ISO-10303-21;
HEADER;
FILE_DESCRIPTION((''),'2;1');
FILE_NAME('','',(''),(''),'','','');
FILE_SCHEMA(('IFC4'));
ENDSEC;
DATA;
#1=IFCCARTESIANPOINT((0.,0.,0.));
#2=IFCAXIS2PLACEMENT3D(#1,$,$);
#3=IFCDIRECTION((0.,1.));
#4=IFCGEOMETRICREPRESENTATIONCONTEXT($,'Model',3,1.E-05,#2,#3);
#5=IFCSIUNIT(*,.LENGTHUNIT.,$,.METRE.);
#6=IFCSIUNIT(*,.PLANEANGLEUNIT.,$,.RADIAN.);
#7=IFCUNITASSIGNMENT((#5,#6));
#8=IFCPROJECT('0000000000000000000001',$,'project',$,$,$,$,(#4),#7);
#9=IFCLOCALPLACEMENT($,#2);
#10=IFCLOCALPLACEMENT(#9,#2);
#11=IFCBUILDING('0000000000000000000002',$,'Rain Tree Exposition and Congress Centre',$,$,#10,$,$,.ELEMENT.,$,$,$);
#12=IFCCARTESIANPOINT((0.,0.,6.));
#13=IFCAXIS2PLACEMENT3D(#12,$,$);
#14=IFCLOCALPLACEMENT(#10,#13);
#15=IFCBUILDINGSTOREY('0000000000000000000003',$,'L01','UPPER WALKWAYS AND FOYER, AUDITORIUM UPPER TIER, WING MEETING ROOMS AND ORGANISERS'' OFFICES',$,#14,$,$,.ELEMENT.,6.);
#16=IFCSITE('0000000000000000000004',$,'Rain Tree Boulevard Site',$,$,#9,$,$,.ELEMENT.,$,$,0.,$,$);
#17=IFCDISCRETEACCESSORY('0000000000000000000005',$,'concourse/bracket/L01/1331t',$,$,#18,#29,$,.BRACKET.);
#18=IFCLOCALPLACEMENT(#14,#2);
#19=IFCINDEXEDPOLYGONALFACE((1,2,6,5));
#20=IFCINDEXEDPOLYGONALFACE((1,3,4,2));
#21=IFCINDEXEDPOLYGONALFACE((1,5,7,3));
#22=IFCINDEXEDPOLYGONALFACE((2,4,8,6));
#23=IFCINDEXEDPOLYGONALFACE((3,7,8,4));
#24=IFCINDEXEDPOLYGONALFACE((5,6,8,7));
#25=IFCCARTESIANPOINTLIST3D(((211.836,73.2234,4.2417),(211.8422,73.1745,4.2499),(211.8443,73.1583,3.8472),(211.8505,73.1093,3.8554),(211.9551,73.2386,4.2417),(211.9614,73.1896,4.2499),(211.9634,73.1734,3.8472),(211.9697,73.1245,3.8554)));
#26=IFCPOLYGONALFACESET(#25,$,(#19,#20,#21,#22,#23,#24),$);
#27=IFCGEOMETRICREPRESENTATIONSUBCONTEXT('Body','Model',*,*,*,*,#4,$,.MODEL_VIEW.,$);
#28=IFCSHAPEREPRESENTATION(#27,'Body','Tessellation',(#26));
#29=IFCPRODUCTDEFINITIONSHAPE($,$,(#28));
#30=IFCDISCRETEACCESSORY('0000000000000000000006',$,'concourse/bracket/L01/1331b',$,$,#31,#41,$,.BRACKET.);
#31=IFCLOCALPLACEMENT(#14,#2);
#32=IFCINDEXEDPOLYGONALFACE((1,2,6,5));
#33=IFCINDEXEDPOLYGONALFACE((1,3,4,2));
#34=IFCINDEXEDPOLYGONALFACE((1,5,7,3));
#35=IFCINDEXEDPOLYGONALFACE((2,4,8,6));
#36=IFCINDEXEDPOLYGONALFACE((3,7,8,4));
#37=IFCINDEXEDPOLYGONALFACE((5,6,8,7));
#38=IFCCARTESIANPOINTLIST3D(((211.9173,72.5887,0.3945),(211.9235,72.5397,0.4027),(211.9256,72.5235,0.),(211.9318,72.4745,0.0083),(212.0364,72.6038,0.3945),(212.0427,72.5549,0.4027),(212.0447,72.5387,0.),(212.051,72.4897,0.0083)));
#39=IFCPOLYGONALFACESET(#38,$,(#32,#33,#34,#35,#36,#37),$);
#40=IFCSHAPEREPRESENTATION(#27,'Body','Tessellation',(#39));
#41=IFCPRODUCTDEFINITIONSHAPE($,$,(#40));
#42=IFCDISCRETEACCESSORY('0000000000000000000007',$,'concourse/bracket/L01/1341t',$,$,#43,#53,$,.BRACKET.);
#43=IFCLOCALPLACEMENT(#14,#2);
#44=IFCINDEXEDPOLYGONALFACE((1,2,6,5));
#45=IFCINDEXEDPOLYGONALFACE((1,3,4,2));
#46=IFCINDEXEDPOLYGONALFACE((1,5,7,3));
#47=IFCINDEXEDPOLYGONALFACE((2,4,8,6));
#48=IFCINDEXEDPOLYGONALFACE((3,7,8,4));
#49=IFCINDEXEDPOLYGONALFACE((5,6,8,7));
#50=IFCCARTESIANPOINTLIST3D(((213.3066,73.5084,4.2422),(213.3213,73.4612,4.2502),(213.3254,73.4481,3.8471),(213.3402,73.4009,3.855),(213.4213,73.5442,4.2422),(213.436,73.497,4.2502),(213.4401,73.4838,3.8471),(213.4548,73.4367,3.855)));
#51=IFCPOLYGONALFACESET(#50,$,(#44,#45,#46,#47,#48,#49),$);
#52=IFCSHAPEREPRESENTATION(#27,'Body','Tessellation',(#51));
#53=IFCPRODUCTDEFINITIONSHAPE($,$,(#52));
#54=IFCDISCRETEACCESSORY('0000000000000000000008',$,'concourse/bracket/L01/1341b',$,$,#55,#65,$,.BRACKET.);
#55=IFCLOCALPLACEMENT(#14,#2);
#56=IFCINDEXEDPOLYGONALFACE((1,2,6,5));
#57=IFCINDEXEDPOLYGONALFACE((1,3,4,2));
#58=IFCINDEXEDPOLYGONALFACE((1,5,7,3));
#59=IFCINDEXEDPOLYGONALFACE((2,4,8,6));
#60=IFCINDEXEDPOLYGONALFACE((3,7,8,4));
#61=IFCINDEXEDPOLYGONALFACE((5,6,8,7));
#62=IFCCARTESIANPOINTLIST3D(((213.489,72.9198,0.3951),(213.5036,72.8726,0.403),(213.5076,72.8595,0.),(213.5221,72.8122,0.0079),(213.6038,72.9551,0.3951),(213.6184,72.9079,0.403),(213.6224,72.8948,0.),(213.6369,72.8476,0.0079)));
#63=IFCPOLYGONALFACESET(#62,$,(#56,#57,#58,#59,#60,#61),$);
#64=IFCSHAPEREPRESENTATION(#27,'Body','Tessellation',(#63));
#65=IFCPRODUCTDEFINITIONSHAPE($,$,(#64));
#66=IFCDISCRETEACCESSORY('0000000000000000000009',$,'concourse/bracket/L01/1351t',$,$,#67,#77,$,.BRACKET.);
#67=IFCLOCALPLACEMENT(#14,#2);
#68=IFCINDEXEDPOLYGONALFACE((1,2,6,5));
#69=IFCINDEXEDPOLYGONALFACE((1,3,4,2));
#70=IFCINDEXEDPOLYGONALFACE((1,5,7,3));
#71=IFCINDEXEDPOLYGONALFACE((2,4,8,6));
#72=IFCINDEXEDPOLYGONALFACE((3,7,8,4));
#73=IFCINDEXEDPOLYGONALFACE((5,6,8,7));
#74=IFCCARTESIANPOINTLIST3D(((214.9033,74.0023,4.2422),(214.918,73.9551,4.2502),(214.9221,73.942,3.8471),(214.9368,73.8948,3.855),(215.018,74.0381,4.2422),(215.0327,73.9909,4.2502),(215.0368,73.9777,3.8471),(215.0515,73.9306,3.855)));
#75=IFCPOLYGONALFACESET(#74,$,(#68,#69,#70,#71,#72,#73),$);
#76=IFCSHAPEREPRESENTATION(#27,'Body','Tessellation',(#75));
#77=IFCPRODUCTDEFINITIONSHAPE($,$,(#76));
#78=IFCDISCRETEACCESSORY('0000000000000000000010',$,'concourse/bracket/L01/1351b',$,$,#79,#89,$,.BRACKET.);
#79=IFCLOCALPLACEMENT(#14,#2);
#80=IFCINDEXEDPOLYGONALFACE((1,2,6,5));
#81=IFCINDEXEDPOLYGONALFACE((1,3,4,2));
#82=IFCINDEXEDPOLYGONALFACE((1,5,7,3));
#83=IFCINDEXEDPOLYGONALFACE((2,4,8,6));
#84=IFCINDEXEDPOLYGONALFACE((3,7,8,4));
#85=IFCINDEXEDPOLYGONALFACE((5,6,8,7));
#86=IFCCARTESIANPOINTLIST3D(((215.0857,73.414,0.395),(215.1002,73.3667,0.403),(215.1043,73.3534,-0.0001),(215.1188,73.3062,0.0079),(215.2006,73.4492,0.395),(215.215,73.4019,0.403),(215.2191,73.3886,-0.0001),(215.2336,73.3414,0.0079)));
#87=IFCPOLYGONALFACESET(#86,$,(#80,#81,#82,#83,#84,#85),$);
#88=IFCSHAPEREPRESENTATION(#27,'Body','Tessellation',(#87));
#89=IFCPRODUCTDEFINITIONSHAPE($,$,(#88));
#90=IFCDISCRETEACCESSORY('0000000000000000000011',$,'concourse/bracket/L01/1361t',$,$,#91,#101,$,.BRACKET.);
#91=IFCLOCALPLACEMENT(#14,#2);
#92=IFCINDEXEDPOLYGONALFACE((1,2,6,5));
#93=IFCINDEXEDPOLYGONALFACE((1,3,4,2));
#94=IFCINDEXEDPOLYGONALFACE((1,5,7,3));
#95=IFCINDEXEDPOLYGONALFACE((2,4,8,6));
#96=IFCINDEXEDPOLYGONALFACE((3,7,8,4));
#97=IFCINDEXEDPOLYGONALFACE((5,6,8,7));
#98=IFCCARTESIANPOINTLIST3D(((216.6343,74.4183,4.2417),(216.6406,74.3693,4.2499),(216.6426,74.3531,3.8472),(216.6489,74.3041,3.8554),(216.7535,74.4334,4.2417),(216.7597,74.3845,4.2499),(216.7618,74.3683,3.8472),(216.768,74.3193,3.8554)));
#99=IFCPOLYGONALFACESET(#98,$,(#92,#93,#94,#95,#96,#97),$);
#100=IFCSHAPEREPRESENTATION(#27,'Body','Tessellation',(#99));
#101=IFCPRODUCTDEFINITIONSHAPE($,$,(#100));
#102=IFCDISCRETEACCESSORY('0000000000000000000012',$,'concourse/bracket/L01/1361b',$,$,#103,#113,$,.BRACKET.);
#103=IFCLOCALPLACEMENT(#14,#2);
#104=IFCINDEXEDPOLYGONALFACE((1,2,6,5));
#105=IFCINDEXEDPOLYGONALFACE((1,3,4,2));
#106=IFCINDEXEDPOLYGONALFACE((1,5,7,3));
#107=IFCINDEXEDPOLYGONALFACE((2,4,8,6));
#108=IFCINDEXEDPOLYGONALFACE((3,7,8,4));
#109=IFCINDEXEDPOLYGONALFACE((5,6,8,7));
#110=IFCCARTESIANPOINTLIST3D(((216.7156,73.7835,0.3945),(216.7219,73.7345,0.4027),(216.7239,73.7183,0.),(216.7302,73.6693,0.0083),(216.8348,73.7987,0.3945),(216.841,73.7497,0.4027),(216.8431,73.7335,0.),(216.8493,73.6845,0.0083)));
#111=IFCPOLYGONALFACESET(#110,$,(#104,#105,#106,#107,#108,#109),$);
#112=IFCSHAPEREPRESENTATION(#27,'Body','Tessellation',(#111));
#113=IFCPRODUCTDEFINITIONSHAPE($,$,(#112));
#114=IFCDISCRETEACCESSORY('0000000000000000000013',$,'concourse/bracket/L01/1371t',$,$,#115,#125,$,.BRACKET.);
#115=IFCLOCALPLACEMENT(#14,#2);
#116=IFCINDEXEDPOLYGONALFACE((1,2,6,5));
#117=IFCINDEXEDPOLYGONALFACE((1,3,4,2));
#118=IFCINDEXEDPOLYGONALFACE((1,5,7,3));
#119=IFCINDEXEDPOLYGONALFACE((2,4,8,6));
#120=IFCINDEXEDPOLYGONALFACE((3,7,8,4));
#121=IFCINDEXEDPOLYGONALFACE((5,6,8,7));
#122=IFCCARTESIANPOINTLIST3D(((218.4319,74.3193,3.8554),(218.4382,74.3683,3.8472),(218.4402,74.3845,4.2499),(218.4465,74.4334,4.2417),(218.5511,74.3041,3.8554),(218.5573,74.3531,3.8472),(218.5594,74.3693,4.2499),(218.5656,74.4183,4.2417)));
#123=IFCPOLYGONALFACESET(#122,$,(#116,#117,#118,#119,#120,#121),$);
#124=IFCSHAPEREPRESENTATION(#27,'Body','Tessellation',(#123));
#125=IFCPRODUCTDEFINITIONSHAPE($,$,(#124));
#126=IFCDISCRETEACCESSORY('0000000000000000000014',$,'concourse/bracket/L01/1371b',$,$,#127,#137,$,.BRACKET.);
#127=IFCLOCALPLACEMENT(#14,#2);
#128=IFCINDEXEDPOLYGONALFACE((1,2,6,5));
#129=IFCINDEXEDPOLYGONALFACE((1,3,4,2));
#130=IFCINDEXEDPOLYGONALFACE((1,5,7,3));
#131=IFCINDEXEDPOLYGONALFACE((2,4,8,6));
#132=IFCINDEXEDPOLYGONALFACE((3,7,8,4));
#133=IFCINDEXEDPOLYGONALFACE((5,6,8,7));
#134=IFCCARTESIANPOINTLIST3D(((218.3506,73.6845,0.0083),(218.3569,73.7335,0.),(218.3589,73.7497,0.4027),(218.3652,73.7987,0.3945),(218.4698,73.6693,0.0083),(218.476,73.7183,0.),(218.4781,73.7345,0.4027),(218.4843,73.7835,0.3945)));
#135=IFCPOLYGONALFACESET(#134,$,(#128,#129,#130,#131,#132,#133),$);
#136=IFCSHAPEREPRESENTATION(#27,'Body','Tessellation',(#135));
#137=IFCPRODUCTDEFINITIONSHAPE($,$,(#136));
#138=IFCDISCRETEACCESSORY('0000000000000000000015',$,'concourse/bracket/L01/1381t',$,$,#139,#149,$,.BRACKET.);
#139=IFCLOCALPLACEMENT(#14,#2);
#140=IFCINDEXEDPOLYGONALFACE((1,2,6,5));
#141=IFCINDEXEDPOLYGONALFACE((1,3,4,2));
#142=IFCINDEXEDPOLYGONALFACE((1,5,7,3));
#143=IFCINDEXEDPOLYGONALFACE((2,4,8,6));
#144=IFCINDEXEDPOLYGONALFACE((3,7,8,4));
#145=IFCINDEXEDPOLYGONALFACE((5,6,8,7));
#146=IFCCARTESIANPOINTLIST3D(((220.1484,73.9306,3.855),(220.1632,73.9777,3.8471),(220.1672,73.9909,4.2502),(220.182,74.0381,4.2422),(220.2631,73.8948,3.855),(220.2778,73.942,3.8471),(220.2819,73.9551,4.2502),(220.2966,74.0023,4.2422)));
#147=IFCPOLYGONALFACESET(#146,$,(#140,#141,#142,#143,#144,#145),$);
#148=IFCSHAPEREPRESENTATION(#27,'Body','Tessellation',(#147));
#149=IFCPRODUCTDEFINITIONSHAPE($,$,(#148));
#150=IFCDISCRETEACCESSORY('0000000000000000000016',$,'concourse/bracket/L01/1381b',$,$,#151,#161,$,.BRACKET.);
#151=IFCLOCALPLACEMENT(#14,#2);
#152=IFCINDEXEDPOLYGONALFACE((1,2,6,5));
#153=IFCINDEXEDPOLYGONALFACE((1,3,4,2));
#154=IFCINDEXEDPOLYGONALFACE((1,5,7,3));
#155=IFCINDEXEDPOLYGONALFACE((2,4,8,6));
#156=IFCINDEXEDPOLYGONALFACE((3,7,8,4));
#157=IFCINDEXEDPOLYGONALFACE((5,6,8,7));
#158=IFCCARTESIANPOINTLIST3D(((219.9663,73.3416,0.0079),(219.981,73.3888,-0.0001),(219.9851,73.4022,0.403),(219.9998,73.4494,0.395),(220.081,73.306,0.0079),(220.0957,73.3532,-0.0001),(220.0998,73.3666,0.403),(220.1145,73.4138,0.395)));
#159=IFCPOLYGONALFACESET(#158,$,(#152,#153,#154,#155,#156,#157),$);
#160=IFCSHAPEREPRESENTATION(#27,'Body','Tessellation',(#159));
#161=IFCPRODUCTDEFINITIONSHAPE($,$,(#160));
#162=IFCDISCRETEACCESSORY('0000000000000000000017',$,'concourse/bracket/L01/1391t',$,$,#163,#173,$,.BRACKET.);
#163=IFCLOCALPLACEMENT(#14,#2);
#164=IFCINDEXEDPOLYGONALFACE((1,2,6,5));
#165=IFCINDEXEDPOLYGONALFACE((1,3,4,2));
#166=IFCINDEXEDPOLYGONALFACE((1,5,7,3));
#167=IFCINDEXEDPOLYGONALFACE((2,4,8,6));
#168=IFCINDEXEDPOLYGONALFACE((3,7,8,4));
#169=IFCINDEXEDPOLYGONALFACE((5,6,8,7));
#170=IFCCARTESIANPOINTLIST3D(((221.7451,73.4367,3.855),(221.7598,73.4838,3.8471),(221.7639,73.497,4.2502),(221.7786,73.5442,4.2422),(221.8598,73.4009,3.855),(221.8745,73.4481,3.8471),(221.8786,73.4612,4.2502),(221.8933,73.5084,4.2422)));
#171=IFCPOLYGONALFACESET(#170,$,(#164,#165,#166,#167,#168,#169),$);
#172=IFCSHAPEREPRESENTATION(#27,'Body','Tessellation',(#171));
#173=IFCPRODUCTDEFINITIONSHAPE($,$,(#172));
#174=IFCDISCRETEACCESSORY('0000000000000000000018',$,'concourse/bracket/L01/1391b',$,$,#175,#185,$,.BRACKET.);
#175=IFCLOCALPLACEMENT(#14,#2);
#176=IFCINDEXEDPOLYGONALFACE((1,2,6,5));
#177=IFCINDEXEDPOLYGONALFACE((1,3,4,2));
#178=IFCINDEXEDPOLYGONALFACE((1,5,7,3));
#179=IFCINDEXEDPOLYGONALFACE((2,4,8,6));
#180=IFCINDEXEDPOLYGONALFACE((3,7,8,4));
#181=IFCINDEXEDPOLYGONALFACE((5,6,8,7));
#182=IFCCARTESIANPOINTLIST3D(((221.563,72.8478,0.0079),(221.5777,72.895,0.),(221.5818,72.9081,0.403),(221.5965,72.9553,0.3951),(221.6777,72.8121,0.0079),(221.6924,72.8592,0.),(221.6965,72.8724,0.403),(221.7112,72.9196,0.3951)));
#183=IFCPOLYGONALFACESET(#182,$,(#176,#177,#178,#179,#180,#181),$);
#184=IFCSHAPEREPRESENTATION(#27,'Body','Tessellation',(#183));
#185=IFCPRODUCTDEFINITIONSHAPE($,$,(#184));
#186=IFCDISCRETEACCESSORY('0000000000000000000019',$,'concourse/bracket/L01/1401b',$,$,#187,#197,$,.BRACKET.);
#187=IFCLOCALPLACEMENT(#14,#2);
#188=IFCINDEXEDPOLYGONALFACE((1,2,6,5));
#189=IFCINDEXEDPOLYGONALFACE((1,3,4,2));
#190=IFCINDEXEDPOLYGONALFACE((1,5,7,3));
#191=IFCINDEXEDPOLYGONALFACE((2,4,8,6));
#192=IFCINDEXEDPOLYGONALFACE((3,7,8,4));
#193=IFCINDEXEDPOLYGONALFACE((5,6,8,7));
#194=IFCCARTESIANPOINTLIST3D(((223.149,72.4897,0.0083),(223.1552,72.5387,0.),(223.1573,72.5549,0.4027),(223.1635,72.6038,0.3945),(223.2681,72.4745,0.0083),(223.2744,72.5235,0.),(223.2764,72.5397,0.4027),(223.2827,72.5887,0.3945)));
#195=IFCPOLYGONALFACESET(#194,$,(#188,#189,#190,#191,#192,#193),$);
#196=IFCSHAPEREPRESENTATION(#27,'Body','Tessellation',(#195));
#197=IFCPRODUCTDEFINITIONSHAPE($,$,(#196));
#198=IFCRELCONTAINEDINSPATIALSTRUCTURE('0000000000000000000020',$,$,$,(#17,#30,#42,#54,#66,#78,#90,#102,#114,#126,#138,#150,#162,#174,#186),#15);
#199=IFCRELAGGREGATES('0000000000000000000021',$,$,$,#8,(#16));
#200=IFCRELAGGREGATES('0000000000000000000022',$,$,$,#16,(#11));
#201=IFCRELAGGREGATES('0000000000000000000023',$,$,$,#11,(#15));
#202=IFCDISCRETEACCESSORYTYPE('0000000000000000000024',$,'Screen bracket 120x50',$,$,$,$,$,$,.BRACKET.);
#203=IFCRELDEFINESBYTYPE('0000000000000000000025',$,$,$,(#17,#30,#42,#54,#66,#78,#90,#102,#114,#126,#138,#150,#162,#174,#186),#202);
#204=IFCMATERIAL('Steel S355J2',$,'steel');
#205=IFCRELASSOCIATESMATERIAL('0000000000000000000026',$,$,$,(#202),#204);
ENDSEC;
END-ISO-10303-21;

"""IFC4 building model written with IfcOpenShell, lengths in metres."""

from ifc_helpers import new_model, si_unit, direction, frame, origin, origin_2d, place, context, subcontext, project, spatial, rectangle, extrude, material, material_profile, profile_set, type_object, element, save


model = new_model("IFC4")

# Units and contexts
model_context = context("Model", 3, precision=1e-05, world=origin(), true_north=direction((0.0, 1.0)))
body_context = subcontext(model_context, "Body", "Model", "MODEL_VIEW")
ifc_project = project(units=[si_unit("LENGTHUNIT", "METRE"), si_unit("PLANEANGLEUNIT", "RADIAN")], contexts=[model_context])

# Site, building, storey
site_placement = place(None, origin())
site = spatial("IfcSite", under=ifc_project, at=site_placement, Name="Rain Tree Boulevard Site", CompositionType="ELEMENT", RefElevation=0.0)
building_placement = place(site_placement, origin())
building = spatial("IfcBuilding", under=site, at=building_placement, Name="Rain Tree Exposition and Congress Centre", CompositionType="ELEMENT")
storey_placement = place(building_placement, frame((0.0, 0.0, 6.0)))
storey = spatial("IfcBuildingStorey", under=building, at=storey_placement, Name="L01", Description="UPPER WALKWAYS AND FOYER, AUDITORIUM UPPER TIER, WING MEETING ROOMS AND ORGANISERS' OFFICES", CompositionType="ELEMENT", Elevation=6.0)

# Discrete accessories
ifc_material_1 = material(Name="Steel S355J2", Category="steel")
ifc_material_profile_1 = material_profile(ifc_material_1, rectangle(XDim=0.1201, YDim=0.05, at=origin_2d()), Name="Flat bar 120x50")
ifc_profile_set_1 = profile_set([ifc_material_profile_1], Name="Steel S355J2")
discrete_accessory_type = type_object("IfcDiscreteAccessoryType", Name="Screen bracket 120x50", PredefinedType="BRACKET", material=ifc_profile_set_1)
for number, where, z_axis, x_axis, name in (
    (1, (211.907, 73.1414, 3.8513), (-0.020754, 0.162978, 0.986411), (-0.991989, -0.126321, 0.0), "concourse/bracket/L01/1331t"),
    (2, (211.9883, 72.5066, 0.0042), (-0.020754, 0.162978, 0.986411), (-0.991989, -0.126321, 0.0), "concourse/bracket/L01/1331b"),
):
    element("IfcDiscreteAccessory", number, at=place(storey_placement, frame(where, z_axis=z_axis, x_axis=x_axis)), inside=storey, type_object=discrete_accessory_type, Name=name, PredefinedType="BRACKET", context=body_context, shape_type="SweptSolid", body=[
        extrude(rectangle(XDim=0.1201, YDim=0.05, at=origin_2d()), origin(), (0.0, 0.0, 1.0), 0.3999),
    ])
for number, where, z_axis, x_axis, name in (
    (3, (213.3901, 73.4424, 3.8511), (-0.046993, 0.150743, 0.987456), (-0.954686, -0.297615, 0.0), "concourse/bracket/L01/1341t"),
    (4, (213.5723, 72.8535, 0.0039), (-0.046384, 0.150747, 0.987484), (-0.955779, -0.294086, 0.0), "concourse/bracket/L01/1341b"),
    (5, (214.9868, 73.9363, 3.8511), (-0.046993, 0.150743, 0.987456), (-0.954686, -0.297615, 0.0), "concourse/bracket/L01/1351t"),
    (6, (215.1689, 73.3474, 0.0039), (-0.046379, 0.151343, 0.987393), (-0.956112, -0.293002, 0.0), "concourse/bracket/L01/1351b"),
):
    element("IfcDiscreteAccessory", number, at=place(storey_placement, frame(where, z_axis=z_axis, x_axis=x_axis)), inside=storey, type_object=discrete_accessory_type, Name=name, PredefinedType="BRACKET", context=body_context, shape_type="SweptSolid", body=[
        extrude(rectangle(XDim=0.1201, YDim=0.05, at=origin_2d()), origin(), (0.0, 0.0, 1.0), 0.4001),
    ])
for number, where, z_axis, x_axis, name in (
    (7, (216.7053, 74.3362, 3.8513), (-0.020754, 0.162978, 0.986411), (-0.991989, -0.126321, 0.0), "concourse/bracket/L01/1361t"),
    (8, (216.7866, 73.7014, 0.0042), (-0.020754, 0.162978, 0.986411), (-0.991989, -0.126321, 0.0), "concourse/bracket/L01/1361b"),
    (9, (218.4946, 74.3362, 3.8513), (0.020754, 0.162978, 0.986411), (-0.991989, 0.126321, 0.0), "concourse/bracket/L01/1371t"),
    (10, (218.4133, 73.7014, 0.0042), (0.020754, 0.162978, 0.986411), (-0.991989, 0.126321, 0.0), "concourse/bracket/L01/1371b"),
):
    element("IfcDiscreteAccessory", number, at=place(storey_placement, frame(where, z_axis=z_axis, x_axis=x_axis)), inside=storey, type_object=discrete_accessory_type, Name=name, PredefinedType="BRACKET", context=body_context, shape_type="SweptSolid", body=[
        extrude(rectangle(XDim=0.1201, YDim=0.05, at=origin_2d()), origin(), (0.0, 0.0, 1.0), 0.3999),
    ])
for number, where, z_axis, x_axis, name in (
    (11, (220.2131, 73.9363, 3.8511), (0.046993, 0.150743, 0.987456), (-0.954686, 0.297615, 0.0), "concourse/bracket/L01/1381t"),
    (12, (220.031, 73.3474, 0.0039), (0.046988, 0.151339, 0.987364), (-0.955027, 0.29652, 0.0), "concourse/bracket/L01/1381b"),
    (13, (221.8098, 73.4424, 3.8511), (0.046993, 0.150743, 0.987456), (-0.954686, 0.297615, 0.0), "concourse/bracket/L01/1391t"),
    (14, (221.6277, 72.8535, 0.0039), (0.046993, 0.150743, 0.987456), (-0.954686, 0.297615, 0.0), "concourse/bracket/L01/1391b"),
):
    element("IfcDiscreteAccessory", number, at=place(storey_placement, frame(where, z_axis=z_axis, x_axis=x_axis)), inside=storey, type_object=discrete_accessory_type, Name=name, PredefinedType="BRACKET", context=body_context, shape_type="SweptSolid", body=[
        extrude(rectangle(XDim=0.1201, YDim=0.05, at=origin_2d()), origin(), (0.0, 0.0, 1.0), 0.4001),
    ])
discrete_accessory_placement = place(storey_placement, frame((223.2117, 72.5066, 0.0042), z_axis=(0.020754, 0.162978, 0.986411), x_axis=(-0.991989, 0.126321, 0.0)))
element("IfcDiscreteAccessory", 15, at=discrete_accessory_placement, inside=storey, type_object=discrete_accessory_type, Name="concourse/bracket/L01/1401b", PredefinedType="BRACKET", context=body_context, shape_type="SweptSolid", body=[
    extrude(rectangle(XDim=0.1201, YDim=0.05, at=origin_2d()), origin(), (0.0, 0.0, 1.0), 0.3999),
])

save(model, "model.ifc")
